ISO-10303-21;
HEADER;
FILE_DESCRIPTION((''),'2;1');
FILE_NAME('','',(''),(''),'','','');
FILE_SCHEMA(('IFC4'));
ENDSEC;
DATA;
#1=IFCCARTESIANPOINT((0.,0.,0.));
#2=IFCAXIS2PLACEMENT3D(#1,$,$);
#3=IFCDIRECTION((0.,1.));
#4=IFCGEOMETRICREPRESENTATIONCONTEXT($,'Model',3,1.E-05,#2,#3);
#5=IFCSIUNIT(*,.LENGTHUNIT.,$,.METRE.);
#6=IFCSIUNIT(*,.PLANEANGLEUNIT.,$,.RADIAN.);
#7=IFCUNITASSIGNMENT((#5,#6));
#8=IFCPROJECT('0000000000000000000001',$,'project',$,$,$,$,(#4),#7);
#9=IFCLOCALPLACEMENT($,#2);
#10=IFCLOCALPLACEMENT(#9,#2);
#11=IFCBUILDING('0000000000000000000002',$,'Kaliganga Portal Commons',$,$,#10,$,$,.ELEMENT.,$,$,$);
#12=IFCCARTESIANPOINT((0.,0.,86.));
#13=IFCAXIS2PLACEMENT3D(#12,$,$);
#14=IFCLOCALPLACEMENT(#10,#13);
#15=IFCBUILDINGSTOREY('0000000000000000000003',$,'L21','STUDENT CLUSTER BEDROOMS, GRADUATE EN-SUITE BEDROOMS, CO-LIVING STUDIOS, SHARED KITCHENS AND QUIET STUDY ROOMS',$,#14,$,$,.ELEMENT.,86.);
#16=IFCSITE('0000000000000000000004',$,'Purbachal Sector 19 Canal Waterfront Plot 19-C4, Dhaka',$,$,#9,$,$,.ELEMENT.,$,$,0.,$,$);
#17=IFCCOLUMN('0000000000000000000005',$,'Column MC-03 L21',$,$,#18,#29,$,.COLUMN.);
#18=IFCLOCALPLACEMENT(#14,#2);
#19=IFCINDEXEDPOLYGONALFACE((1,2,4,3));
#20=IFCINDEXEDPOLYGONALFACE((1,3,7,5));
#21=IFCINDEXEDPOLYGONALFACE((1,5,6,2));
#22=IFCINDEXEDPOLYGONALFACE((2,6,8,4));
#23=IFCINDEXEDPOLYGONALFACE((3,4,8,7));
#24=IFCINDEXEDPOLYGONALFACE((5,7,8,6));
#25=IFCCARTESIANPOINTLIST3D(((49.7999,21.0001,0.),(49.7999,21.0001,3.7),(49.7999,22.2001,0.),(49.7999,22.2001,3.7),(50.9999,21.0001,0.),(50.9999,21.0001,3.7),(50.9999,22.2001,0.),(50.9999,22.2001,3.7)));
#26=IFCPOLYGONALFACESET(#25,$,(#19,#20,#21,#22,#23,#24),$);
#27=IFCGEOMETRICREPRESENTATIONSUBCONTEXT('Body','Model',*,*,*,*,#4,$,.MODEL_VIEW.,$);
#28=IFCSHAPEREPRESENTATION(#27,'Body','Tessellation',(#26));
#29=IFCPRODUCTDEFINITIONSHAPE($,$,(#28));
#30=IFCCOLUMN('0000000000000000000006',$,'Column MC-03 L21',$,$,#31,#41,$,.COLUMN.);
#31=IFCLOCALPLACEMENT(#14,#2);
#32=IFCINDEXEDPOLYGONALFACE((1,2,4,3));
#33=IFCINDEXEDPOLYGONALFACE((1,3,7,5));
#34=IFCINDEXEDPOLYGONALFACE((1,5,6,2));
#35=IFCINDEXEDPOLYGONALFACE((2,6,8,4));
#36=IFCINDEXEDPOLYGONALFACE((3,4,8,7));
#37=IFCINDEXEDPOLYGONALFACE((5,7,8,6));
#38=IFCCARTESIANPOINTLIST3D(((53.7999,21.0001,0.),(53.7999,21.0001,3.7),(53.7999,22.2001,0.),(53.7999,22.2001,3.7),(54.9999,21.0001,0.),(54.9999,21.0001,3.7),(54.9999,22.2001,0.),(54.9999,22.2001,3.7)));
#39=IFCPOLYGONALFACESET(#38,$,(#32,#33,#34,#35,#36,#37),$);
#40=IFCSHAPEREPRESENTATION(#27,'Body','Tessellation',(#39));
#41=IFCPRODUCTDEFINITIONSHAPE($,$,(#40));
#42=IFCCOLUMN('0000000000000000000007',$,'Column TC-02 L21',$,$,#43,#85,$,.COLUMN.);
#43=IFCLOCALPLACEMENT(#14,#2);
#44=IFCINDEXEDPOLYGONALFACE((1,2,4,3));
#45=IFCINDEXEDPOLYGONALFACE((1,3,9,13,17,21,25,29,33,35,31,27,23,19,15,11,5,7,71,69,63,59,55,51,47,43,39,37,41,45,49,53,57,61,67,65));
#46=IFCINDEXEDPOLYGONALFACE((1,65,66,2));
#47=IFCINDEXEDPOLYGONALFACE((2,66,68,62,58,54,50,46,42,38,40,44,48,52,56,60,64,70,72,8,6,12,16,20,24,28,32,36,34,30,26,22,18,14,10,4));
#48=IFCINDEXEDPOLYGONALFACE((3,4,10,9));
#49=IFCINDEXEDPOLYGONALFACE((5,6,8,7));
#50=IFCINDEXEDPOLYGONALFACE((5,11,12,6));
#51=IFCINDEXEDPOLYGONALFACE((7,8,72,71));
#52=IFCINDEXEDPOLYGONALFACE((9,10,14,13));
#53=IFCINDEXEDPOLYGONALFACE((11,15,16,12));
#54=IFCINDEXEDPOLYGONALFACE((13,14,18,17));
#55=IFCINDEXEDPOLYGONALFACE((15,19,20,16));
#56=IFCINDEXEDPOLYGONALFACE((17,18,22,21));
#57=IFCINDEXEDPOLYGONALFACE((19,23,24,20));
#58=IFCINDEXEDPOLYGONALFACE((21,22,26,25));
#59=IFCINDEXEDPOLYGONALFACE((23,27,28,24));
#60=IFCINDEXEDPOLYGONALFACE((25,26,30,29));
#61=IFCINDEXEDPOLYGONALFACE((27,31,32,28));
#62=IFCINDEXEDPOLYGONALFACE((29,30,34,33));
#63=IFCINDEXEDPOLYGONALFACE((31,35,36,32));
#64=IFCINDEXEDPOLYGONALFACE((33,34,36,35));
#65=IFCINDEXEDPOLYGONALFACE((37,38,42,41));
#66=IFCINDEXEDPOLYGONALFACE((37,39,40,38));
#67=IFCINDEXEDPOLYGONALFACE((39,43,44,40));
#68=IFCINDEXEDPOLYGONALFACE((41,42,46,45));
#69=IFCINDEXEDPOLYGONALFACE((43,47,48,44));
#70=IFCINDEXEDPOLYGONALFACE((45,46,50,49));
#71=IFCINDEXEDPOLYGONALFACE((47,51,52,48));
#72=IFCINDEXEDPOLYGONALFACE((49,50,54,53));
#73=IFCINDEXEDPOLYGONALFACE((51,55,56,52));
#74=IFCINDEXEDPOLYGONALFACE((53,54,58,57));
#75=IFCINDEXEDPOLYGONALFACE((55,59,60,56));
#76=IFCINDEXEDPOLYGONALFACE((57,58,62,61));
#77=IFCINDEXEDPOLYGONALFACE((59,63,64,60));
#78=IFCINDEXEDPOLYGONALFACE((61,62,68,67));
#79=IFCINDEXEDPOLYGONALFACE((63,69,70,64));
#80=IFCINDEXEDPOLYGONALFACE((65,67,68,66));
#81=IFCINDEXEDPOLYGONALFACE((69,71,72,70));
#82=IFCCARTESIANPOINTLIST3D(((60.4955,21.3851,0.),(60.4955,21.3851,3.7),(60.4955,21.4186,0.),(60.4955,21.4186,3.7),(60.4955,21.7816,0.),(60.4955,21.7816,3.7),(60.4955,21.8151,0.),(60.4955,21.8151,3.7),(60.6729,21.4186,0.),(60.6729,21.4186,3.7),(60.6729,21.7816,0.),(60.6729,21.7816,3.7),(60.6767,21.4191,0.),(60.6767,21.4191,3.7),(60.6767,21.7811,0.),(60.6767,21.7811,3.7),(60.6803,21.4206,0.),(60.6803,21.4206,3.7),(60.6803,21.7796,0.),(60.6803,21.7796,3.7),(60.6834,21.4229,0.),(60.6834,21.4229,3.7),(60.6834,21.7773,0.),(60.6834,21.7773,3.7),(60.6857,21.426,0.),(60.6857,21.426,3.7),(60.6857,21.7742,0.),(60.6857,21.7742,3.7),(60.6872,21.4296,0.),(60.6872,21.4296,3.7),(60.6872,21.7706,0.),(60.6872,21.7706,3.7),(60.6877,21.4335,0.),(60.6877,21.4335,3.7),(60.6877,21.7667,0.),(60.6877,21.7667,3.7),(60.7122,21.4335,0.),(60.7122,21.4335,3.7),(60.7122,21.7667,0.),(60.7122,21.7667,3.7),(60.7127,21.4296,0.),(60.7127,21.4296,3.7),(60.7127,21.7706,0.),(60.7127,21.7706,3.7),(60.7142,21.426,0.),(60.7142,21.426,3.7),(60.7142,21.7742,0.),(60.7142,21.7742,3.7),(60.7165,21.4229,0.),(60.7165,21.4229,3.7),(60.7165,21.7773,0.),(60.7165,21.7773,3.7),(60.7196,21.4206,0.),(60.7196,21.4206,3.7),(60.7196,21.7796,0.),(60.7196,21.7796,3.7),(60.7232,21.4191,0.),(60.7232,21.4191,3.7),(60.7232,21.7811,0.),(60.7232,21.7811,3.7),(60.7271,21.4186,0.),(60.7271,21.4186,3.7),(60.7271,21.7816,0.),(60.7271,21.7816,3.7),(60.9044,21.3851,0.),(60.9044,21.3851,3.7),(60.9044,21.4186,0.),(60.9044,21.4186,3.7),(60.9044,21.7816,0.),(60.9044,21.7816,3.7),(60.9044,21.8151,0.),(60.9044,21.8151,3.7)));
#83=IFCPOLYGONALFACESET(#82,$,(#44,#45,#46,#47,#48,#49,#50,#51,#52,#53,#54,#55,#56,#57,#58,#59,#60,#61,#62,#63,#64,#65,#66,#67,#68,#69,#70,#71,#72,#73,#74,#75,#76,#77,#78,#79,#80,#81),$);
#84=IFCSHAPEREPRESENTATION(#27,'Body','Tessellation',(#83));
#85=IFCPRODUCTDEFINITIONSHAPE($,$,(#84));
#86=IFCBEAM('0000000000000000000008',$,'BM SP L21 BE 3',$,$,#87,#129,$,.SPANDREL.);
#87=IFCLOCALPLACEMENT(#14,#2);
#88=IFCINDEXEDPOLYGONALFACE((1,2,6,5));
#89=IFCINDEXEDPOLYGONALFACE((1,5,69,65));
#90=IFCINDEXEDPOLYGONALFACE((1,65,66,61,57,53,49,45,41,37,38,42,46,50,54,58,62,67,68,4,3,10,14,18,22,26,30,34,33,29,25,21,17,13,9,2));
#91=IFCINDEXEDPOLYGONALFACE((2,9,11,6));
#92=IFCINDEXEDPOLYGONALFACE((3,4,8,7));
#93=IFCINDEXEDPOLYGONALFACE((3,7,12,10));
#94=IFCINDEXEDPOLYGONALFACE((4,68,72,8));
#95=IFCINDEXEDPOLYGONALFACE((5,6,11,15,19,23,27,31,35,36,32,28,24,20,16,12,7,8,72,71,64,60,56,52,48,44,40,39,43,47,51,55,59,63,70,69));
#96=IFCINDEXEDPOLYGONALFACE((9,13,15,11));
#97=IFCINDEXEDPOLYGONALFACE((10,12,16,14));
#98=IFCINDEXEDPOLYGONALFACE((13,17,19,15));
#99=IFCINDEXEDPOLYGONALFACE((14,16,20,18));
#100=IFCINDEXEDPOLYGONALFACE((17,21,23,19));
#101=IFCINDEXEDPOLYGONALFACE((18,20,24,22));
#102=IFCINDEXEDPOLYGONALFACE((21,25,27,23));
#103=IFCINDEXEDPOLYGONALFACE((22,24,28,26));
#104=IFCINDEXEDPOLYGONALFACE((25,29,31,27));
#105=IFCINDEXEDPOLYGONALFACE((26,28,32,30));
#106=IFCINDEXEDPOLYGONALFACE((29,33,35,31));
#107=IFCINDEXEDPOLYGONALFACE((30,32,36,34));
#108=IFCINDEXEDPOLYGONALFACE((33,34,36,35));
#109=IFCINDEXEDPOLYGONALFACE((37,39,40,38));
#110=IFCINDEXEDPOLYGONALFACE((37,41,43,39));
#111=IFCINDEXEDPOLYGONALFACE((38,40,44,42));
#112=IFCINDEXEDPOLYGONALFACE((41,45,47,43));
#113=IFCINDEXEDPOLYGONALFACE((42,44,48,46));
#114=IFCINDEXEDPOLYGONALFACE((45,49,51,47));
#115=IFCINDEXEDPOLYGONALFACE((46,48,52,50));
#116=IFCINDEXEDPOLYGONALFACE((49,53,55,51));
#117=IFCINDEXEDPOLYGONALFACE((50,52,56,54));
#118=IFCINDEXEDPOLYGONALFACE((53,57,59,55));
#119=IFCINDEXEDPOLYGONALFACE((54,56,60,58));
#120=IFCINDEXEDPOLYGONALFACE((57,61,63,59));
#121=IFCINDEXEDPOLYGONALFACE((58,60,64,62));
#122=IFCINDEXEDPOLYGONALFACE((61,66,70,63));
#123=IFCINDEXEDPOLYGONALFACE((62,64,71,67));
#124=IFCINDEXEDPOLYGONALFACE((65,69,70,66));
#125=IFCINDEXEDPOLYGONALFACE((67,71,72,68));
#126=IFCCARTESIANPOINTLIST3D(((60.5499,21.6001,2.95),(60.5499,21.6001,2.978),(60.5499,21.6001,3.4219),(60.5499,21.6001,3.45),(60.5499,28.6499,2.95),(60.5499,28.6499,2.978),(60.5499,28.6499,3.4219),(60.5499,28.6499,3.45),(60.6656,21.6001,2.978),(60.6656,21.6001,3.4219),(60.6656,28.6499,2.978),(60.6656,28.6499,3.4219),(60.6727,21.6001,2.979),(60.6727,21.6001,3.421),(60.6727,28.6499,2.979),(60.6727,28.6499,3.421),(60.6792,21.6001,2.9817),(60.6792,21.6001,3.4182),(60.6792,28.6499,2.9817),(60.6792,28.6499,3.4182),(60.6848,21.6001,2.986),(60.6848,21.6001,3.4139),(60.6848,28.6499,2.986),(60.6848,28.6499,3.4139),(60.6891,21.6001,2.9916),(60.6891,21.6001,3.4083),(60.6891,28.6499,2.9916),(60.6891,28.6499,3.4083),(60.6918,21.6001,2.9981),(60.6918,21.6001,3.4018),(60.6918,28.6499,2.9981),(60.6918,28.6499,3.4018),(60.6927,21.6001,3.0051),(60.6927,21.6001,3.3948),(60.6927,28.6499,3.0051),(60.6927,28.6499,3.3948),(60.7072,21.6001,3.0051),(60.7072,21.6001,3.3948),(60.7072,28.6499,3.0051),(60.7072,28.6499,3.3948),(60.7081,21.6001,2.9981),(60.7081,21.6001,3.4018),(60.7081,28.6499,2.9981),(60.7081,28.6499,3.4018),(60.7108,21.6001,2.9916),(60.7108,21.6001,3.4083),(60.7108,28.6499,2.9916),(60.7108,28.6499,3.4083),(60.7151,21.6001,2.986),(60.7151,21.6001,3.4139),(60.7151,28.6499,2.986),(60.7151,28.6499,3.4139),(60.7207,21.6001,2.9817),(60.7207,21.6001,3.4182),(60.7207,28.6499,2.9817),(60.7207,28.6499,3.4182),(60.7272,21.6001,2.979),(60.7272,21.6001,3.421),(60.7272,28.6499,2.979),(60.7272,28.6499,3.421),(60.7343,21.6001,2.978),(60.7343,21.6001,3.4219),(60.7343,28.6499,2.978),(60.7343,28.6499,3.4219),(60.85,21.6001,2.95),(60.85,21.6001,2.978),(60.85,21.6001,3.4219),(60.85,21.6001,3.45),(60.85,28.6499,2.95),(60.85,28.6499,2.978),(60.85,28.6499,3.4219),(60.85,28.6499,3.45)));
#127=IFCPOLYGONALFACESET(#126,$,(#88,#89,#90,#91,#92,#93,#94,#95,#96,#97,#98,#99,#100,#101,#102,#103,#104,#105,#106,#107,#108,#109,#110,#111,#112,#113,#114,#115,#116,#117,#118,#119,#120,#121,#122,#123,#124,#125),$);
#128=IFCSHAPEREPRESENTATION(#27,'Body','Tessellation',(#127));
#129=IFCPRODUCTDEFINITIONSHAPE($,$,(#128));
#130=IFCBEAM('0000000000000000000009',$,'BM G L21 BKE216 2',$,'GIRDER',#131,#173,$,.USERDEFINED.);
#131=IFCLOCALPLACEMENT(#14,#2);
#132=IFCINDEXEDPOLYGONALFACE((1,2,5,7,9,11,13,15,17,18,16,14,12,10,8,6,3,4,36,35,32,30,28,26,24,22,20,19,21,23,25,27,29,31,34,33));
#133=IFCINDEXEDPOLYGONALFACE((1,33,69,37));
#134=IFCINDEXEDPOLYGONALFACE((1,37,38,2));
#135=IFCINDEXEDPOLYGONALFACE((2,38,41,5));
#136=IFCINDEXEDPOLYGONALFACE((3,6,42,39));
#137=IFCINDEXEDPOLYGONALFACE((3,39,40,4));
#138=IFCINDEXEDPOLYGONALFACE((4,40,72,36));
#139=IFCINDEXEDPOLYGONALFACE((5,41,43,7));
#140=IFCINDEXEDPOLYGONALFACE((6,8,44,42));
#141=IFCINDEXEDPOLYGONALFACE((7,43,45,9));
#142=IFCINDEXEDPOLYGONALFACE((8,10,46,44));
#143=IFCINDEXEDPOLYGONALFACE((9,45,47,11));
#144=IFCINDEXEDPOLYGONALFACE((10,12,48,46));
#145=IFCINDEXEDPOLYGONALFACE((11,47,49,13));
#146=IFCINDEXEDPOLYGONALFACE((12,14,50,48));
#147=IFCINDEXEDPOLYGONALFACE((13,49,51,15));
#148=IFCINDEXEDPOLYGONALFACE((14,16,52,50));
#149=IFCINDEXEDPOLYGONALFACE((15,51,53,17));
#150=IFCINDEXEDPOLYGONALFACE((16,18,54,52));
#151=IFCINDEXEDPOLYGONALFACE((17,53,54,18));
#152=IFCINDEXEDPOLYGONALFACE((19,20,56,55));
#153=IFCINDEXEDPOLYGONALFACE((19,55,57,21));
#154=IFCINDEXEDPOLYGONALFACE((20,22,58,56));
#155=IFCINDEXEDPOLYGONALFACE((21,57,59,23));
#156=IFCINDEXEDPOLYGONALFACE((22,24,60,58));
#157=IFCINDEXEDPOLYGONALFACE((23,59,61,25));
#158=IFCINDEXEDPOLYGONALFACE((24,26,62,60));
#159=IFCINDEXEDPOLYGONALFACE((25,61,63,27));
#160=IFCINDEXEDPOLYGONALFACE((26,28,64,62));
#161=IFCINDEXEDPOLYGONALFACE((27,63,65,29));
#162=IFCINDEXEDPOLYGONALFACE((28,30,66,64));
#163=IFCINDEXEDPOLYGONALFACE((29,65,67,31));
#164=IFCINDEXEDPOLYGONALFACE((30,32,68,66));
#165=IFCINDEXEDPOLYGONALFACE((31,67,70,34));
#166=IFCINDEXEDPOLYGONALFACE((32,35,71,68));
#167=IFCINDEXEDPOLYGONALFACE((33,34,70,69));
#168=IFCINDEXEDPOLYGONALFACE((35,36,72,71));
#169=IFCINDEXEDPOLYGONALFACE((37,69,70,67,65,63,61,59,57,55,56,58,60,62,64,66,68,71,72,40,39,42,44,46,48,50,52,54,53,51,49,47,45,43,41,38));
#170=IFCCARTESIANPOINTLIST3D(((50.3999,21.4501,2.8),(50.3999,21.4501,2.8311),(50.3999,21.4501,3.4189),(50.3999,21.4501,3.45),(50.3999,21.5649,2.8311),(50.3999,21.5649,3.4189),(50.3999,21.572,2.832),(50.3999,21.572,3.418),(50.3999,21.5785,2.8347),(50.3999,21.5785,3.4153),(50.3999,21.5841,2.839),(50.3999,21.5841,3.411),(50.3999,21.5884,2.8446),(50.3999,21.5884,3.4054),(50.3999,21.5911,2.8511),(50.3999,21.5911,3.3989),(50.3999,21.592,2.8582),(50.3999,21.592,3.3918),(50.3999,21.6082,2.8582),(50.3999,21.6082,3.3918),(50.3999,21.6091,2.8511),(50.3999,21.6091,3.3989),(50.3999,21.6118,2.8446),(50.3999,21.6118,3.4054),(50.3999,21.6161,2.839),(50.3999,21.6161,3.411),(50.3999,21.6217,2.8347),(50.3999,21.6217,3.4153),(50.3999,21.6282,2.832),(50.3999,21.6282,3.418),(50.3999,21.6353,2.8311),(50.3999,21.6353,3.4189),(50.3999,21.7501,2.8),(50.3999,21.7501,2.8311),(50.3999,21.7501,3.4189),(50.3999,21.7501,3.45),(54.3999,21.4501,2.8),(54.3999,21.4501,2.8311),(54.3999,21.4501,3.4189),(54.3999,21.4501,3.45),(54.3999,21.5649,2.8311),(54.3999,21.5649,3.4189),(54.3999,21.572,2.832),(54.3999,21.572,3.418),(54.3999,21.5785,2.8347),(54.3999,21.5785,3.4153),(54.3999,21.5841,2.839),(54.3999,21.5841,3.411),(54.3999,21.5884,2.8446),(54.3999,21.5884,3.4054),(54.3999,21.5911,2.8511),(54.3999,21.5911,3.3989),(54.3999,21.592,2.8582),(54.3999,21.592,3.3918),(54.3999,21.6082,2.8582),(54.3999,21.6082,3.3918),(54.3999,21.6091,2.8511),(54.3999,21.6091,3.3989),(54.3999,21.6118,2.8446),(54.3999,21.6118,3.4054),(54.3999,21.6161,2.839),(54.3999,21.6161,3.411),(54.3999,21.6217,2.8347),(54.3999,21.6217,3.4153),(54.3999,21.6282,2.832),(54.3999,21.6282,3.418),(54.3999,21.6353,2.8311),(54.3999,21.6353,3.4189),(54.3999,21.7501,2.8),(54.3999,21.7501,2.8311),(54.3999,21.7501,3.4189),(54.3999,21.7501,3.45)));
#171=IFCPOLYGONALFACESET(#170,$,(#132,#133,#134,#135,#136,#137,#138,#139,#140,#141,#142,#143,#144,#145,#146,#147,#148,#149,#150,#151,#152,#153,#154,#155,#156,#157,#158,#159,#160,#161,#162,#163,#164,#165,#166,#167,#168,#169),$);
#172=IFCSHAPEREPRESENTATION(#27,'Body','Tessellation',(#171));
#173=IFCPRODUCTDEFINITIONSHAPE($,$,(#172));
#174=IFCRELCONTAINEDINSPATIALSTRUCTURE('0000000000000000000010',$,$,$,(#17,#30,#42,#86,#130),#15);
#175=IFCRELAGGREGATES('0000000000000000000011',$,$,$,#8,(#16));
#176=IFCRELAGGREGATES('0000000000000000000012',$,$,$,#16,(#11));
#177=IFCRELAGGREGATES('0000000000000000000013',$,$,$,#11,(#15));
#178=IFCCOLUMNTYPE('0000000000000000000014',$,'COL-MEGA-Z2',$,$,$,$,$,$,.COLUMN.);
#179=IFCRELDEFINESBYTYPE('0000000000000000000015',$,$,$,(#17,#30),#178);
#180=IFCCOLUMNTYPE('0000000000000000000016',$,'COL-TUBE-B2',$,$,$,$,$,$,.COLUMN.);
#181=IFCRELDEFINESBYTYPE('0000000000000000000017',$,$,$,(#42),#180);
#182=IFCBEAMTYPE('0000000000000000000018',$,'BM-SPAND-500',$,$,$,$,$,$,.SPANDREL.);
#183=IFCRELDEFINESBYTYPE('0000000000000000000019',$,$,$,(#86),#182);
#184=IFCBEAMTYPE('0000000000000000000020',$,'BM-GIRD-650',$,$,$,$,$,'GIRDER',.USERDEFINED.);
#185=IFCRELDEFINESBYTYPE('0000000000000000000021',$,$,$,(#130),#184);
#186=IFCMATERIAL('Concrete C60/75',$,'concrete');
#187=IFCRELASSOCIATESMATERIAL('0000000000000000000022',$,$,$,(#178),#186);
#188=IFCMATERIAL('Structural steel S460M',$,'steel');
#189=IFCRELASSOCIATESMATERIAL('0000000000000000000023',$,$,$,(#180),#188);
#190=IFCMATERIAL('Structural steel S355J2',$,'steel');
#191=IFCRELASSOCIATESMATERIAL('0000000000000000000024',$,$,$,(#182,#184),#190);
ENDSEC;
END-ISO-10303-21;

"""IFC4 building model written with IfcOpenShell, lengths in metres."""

from ifc_helpers import new_model, si_unit, direction, frame, origin, origin_2d, place, context, subcontext, project, spatial, rectangle, i_section, extrude, source, transform, mapped, material, material_profile, profile_set, type_object, element, save


model = new_model("IFC4")

# Units and contexts
model_context = context("Model", 3, precision=1e-05, world=origin(), true_north=direction((0.0, 1.0)))
body_context = subcontext(model_context, "Body", "Model", "MODEL_VIEW")
ifc_project = project(units=[si_unit("LENGTHUNIT", "METRE"), si_unit("PLANEANGLEUNIT", "RADIAN")], contexts=[model_context])

# Site, building, storey
site_placement = place(None, origin())
site = spatial("IfcSite", under=ifc_project, at=site_placement, Name="Purbachal Sector 19 Canal Waterfront Plot 19-C4, Dhaka", CompositionType="ELEMENT", RefElevation=0.0)
building_placement = place(site_placement, origin())
building = spatial("IfcBuilding", under=site, at=building_placement, Name="Kaliganga Portal Commons", CompositionType="ELEMENT")
storey_placement = place(building_placement, frame((0.0, 0.0, 86.0)))
storey = spatial("IfcBuildingStorey", under=building, at=storey_placement, Name="L21", Description="STUDENT CLUSTER BEDROOMS, GRADUATE EN-SUITE BEDROOMS, CO-LIVING STUDIOS, SHARED KITCHENS AND QUIET STUDY ROOMS", CompositionType="ELEMENT", Elevation=86.0)

# Columns
ifc_material_1 = material(Name="Concrete C60/75", Category="concrete")
ifc_material_profile_1 = material_profile(ifc_material_1, rectangle(XDim=1.2, YDim=1.2, at=origin_2d()), Name="RC 1200x1200")
ifc_profile_set_1 = profile_set([ifc_material_profile_1], Name="Concrete C60/75")
column_type_1 = type_object("IfcColumnType", Name="COL-MEGA-Z2", PredefinedType="COLUMN", material=ifc_profile_set_1)
shared_shape_1 = source(origin(), body_context, "Body", "SweptSolid", [
    extrude(rectangle(XDim=1.2, YDim=1.2, at=origin_2d()), origin(), (0.0, 0.0, 1.0), 3.7),
])
for number, where, z_axis, x_axis, name in (
    (1, (50.3999, 21.6001, 0.0), (0.0, 0.0, 1.0), (1.0, 0.0, 0.0), "Column MC-03 L21"),
    (2, (54.3999, 21.6001, 0.0), (0.0, 0.0, 1.0), (1.0, 0.0, 0.0), "Column MC-03 L21"),
):
    element("IfcColumn", number, at=place(storey_placement, frame(where, z_axis=z_axis, x_axis=x_axis)), inside=storey, type_object=column_type_1, Name=name, PredefinedType="COLUMN", context=body_context, shape_type="MappedRepresentation", body=[
        mapped(shared_shape_1, transform((0.0, 0.0, 0.0), x_axis=(1.0, 0.0, 0.0), y_axis=(0.0, 1.0, 0.0), z_axis=(0.0, 0.0, 1.0), scale=1.0)),
    ])
ifc_material_2 = material(Name="Structural steel S460M", Category="steel")
ifc_material_profile_2 = material_profile(ifc_material_2, i_section(OverallWidth=0.4089, OverallDepth=0.4299, WebThickness=0.0244, FlangeThickness=0.0334, FilletRadius=0.0149, at=origin_2d()), Name="HD 400x421")
ifc_profile_set_2 = profile_set([ifc_material_profile_2], Name="Structural steel S460M wide-flange")
column_type_2 = type_object("IfcColumnType", Name="COL-TUBE-B2", PredefinedType="COLUMN", material=ifc_profile_set_2)
shared_shape_2 = source(origin(), body_context, "Body", "SweptSolid", [
    extrude(i_section(OverallWidth=0.4089, OverallDepth=0.4299, WebThickness=0.0244, FlangeThickness=0.0334, FilletRadius=0.0149, at=origin_2d()), origin(), (0.0, 0.0, 1.0), 3.7),
])
column_placement = place(storey_placement, frame((60.7, 21.6001, 0.0), z_axis=(0.0, 0.0, 1.0), x_axis=(1.0, 0.0, 0.0)))
element("IfcColumn", 3, at=column_placement, inside=storey, type_object=column_type_2, Name="Column TC-02 L21", PredefinedType="COLUMN", context=body_context, shape_type="MappedRepresentation", body=[
    mapped(shared_shape_2, transform((0.0, 0.0, 0.0), x_axis=(1.0, 0.0, 0.0), y_axis=(0.0, 1.0, 0.0), z_axis=(0.0, 0.0, 1.0), scale=1.0)),
])

# Beams
ifc_material_3 = material(Name="Structural steel S355J2", Category="steel")
ifc_material_profile_3 = material_profile(ifc_material_3, i_section(OverallWidth=0.3, OverallDepth=0.5, WebThickness=0.0144, FlangeThickness=0.0281, FilletRadius=0.0271, at=origin_2d()), Name="HE 500 B")
ifc_profile_set_3 = profile_set([ifc_material_profile_3], Name="Structural steel S355J2 wide-flange")
beam_type_1 = type_object("IfcBeamType", Name="BM-SPAND-500", PredefinedType="SPANDREL", material=ifc_profile_set_3)
shared_shape_3 = source(origin(), body_context, "Body", "SweptSolid", [
    extrude(i_section(OverallWidth=0.3, OverallDepth=0.5, WebThickness=0.0144, FlangeThickness=0.0281, FilletRadius=0.0271, at=origin_2d()), origin(), (0.0, 0.0, 1.0), 7.0498),
])
beam_1_placement = place(storey_placement, frame((60.7, 21.6001, 3.2), z_axis=(0.0, 1.0, 0.0), x_axis=(-1.0, 0.0, 0.0)))
element("IfcBeam", 4, at=beam_1_placement, inside=storey, type_object=beam_type_1, Name="BM SP L21 BE 3", PredefinedType="SPANDREL", context=body_context, shape_type="MappedRepresentation", body=[
    mapped(shared_shape_3, transform((0.0, 0.0, 0.0), x_axis=(1.0, 0.0, 0.0), y_axis=(0.0, 1.0, 0.0), z_axis=(0.0, 0.0, 1.0), scale=1.0)),
])
ifc_material_profile_4 = material_profile(ifc_material_3, i_section(OverallWidth=0.3, OverallDepth=0.6499, WebThickness=0.0161, FlangeThickness=0.031, FilletRadius=0.0271, at=origin_2d()), Name="HE 650 B")
ifc_profile_set_4 = profile_set([ifc_material_profile_4], Name="Structural steel S355J2 wide-flange")
beam_type_2 = type_object("IfcBeamType", Name="BM-GIRD-650", ElementType="GIRDER", PredefinedType="USERDEFINED", material=ifc_profile_set_4)
shared_shape_4 = source(origin(), body_context, "Body", "SweptSolid", [
    extrude(i_section(OverallWidth=0.3, OverallDepth=0.6499, WebThickness=0.0161, FlangeThickness=0.031, FilletRadius=0.0271, at=origin_2d()), origin(), (0.0, 0.0, 1.0), 4.0),
])
beam_2_placement = place(storey_placement, frame((50.3999, 21.6001, 3.125), z_axis=(1.0, 0.0, 0.0), x_axis=(0.0, 1.0, 0.0)))
element("IfcBeam", 5, at=beam_2_placement, inside=storey, type_object=beam_type_2, Name="BM G L21 BKE216 2", ObjectType="GIRDER", PredefinedType="USERDEFINED", context=body_context, shape_type="MappedRepresentation", body=[
    mapped(shared_shape_4, transform((0.0, 0.0, 0.0), x_axis=(1.0, 0.0, 0.0), y_axis=(0.0, 1.0, 0.0), z_axis=(0.0, 0.0, 1.0), scale=1.0)),
])

save(model, "model.ifc")
